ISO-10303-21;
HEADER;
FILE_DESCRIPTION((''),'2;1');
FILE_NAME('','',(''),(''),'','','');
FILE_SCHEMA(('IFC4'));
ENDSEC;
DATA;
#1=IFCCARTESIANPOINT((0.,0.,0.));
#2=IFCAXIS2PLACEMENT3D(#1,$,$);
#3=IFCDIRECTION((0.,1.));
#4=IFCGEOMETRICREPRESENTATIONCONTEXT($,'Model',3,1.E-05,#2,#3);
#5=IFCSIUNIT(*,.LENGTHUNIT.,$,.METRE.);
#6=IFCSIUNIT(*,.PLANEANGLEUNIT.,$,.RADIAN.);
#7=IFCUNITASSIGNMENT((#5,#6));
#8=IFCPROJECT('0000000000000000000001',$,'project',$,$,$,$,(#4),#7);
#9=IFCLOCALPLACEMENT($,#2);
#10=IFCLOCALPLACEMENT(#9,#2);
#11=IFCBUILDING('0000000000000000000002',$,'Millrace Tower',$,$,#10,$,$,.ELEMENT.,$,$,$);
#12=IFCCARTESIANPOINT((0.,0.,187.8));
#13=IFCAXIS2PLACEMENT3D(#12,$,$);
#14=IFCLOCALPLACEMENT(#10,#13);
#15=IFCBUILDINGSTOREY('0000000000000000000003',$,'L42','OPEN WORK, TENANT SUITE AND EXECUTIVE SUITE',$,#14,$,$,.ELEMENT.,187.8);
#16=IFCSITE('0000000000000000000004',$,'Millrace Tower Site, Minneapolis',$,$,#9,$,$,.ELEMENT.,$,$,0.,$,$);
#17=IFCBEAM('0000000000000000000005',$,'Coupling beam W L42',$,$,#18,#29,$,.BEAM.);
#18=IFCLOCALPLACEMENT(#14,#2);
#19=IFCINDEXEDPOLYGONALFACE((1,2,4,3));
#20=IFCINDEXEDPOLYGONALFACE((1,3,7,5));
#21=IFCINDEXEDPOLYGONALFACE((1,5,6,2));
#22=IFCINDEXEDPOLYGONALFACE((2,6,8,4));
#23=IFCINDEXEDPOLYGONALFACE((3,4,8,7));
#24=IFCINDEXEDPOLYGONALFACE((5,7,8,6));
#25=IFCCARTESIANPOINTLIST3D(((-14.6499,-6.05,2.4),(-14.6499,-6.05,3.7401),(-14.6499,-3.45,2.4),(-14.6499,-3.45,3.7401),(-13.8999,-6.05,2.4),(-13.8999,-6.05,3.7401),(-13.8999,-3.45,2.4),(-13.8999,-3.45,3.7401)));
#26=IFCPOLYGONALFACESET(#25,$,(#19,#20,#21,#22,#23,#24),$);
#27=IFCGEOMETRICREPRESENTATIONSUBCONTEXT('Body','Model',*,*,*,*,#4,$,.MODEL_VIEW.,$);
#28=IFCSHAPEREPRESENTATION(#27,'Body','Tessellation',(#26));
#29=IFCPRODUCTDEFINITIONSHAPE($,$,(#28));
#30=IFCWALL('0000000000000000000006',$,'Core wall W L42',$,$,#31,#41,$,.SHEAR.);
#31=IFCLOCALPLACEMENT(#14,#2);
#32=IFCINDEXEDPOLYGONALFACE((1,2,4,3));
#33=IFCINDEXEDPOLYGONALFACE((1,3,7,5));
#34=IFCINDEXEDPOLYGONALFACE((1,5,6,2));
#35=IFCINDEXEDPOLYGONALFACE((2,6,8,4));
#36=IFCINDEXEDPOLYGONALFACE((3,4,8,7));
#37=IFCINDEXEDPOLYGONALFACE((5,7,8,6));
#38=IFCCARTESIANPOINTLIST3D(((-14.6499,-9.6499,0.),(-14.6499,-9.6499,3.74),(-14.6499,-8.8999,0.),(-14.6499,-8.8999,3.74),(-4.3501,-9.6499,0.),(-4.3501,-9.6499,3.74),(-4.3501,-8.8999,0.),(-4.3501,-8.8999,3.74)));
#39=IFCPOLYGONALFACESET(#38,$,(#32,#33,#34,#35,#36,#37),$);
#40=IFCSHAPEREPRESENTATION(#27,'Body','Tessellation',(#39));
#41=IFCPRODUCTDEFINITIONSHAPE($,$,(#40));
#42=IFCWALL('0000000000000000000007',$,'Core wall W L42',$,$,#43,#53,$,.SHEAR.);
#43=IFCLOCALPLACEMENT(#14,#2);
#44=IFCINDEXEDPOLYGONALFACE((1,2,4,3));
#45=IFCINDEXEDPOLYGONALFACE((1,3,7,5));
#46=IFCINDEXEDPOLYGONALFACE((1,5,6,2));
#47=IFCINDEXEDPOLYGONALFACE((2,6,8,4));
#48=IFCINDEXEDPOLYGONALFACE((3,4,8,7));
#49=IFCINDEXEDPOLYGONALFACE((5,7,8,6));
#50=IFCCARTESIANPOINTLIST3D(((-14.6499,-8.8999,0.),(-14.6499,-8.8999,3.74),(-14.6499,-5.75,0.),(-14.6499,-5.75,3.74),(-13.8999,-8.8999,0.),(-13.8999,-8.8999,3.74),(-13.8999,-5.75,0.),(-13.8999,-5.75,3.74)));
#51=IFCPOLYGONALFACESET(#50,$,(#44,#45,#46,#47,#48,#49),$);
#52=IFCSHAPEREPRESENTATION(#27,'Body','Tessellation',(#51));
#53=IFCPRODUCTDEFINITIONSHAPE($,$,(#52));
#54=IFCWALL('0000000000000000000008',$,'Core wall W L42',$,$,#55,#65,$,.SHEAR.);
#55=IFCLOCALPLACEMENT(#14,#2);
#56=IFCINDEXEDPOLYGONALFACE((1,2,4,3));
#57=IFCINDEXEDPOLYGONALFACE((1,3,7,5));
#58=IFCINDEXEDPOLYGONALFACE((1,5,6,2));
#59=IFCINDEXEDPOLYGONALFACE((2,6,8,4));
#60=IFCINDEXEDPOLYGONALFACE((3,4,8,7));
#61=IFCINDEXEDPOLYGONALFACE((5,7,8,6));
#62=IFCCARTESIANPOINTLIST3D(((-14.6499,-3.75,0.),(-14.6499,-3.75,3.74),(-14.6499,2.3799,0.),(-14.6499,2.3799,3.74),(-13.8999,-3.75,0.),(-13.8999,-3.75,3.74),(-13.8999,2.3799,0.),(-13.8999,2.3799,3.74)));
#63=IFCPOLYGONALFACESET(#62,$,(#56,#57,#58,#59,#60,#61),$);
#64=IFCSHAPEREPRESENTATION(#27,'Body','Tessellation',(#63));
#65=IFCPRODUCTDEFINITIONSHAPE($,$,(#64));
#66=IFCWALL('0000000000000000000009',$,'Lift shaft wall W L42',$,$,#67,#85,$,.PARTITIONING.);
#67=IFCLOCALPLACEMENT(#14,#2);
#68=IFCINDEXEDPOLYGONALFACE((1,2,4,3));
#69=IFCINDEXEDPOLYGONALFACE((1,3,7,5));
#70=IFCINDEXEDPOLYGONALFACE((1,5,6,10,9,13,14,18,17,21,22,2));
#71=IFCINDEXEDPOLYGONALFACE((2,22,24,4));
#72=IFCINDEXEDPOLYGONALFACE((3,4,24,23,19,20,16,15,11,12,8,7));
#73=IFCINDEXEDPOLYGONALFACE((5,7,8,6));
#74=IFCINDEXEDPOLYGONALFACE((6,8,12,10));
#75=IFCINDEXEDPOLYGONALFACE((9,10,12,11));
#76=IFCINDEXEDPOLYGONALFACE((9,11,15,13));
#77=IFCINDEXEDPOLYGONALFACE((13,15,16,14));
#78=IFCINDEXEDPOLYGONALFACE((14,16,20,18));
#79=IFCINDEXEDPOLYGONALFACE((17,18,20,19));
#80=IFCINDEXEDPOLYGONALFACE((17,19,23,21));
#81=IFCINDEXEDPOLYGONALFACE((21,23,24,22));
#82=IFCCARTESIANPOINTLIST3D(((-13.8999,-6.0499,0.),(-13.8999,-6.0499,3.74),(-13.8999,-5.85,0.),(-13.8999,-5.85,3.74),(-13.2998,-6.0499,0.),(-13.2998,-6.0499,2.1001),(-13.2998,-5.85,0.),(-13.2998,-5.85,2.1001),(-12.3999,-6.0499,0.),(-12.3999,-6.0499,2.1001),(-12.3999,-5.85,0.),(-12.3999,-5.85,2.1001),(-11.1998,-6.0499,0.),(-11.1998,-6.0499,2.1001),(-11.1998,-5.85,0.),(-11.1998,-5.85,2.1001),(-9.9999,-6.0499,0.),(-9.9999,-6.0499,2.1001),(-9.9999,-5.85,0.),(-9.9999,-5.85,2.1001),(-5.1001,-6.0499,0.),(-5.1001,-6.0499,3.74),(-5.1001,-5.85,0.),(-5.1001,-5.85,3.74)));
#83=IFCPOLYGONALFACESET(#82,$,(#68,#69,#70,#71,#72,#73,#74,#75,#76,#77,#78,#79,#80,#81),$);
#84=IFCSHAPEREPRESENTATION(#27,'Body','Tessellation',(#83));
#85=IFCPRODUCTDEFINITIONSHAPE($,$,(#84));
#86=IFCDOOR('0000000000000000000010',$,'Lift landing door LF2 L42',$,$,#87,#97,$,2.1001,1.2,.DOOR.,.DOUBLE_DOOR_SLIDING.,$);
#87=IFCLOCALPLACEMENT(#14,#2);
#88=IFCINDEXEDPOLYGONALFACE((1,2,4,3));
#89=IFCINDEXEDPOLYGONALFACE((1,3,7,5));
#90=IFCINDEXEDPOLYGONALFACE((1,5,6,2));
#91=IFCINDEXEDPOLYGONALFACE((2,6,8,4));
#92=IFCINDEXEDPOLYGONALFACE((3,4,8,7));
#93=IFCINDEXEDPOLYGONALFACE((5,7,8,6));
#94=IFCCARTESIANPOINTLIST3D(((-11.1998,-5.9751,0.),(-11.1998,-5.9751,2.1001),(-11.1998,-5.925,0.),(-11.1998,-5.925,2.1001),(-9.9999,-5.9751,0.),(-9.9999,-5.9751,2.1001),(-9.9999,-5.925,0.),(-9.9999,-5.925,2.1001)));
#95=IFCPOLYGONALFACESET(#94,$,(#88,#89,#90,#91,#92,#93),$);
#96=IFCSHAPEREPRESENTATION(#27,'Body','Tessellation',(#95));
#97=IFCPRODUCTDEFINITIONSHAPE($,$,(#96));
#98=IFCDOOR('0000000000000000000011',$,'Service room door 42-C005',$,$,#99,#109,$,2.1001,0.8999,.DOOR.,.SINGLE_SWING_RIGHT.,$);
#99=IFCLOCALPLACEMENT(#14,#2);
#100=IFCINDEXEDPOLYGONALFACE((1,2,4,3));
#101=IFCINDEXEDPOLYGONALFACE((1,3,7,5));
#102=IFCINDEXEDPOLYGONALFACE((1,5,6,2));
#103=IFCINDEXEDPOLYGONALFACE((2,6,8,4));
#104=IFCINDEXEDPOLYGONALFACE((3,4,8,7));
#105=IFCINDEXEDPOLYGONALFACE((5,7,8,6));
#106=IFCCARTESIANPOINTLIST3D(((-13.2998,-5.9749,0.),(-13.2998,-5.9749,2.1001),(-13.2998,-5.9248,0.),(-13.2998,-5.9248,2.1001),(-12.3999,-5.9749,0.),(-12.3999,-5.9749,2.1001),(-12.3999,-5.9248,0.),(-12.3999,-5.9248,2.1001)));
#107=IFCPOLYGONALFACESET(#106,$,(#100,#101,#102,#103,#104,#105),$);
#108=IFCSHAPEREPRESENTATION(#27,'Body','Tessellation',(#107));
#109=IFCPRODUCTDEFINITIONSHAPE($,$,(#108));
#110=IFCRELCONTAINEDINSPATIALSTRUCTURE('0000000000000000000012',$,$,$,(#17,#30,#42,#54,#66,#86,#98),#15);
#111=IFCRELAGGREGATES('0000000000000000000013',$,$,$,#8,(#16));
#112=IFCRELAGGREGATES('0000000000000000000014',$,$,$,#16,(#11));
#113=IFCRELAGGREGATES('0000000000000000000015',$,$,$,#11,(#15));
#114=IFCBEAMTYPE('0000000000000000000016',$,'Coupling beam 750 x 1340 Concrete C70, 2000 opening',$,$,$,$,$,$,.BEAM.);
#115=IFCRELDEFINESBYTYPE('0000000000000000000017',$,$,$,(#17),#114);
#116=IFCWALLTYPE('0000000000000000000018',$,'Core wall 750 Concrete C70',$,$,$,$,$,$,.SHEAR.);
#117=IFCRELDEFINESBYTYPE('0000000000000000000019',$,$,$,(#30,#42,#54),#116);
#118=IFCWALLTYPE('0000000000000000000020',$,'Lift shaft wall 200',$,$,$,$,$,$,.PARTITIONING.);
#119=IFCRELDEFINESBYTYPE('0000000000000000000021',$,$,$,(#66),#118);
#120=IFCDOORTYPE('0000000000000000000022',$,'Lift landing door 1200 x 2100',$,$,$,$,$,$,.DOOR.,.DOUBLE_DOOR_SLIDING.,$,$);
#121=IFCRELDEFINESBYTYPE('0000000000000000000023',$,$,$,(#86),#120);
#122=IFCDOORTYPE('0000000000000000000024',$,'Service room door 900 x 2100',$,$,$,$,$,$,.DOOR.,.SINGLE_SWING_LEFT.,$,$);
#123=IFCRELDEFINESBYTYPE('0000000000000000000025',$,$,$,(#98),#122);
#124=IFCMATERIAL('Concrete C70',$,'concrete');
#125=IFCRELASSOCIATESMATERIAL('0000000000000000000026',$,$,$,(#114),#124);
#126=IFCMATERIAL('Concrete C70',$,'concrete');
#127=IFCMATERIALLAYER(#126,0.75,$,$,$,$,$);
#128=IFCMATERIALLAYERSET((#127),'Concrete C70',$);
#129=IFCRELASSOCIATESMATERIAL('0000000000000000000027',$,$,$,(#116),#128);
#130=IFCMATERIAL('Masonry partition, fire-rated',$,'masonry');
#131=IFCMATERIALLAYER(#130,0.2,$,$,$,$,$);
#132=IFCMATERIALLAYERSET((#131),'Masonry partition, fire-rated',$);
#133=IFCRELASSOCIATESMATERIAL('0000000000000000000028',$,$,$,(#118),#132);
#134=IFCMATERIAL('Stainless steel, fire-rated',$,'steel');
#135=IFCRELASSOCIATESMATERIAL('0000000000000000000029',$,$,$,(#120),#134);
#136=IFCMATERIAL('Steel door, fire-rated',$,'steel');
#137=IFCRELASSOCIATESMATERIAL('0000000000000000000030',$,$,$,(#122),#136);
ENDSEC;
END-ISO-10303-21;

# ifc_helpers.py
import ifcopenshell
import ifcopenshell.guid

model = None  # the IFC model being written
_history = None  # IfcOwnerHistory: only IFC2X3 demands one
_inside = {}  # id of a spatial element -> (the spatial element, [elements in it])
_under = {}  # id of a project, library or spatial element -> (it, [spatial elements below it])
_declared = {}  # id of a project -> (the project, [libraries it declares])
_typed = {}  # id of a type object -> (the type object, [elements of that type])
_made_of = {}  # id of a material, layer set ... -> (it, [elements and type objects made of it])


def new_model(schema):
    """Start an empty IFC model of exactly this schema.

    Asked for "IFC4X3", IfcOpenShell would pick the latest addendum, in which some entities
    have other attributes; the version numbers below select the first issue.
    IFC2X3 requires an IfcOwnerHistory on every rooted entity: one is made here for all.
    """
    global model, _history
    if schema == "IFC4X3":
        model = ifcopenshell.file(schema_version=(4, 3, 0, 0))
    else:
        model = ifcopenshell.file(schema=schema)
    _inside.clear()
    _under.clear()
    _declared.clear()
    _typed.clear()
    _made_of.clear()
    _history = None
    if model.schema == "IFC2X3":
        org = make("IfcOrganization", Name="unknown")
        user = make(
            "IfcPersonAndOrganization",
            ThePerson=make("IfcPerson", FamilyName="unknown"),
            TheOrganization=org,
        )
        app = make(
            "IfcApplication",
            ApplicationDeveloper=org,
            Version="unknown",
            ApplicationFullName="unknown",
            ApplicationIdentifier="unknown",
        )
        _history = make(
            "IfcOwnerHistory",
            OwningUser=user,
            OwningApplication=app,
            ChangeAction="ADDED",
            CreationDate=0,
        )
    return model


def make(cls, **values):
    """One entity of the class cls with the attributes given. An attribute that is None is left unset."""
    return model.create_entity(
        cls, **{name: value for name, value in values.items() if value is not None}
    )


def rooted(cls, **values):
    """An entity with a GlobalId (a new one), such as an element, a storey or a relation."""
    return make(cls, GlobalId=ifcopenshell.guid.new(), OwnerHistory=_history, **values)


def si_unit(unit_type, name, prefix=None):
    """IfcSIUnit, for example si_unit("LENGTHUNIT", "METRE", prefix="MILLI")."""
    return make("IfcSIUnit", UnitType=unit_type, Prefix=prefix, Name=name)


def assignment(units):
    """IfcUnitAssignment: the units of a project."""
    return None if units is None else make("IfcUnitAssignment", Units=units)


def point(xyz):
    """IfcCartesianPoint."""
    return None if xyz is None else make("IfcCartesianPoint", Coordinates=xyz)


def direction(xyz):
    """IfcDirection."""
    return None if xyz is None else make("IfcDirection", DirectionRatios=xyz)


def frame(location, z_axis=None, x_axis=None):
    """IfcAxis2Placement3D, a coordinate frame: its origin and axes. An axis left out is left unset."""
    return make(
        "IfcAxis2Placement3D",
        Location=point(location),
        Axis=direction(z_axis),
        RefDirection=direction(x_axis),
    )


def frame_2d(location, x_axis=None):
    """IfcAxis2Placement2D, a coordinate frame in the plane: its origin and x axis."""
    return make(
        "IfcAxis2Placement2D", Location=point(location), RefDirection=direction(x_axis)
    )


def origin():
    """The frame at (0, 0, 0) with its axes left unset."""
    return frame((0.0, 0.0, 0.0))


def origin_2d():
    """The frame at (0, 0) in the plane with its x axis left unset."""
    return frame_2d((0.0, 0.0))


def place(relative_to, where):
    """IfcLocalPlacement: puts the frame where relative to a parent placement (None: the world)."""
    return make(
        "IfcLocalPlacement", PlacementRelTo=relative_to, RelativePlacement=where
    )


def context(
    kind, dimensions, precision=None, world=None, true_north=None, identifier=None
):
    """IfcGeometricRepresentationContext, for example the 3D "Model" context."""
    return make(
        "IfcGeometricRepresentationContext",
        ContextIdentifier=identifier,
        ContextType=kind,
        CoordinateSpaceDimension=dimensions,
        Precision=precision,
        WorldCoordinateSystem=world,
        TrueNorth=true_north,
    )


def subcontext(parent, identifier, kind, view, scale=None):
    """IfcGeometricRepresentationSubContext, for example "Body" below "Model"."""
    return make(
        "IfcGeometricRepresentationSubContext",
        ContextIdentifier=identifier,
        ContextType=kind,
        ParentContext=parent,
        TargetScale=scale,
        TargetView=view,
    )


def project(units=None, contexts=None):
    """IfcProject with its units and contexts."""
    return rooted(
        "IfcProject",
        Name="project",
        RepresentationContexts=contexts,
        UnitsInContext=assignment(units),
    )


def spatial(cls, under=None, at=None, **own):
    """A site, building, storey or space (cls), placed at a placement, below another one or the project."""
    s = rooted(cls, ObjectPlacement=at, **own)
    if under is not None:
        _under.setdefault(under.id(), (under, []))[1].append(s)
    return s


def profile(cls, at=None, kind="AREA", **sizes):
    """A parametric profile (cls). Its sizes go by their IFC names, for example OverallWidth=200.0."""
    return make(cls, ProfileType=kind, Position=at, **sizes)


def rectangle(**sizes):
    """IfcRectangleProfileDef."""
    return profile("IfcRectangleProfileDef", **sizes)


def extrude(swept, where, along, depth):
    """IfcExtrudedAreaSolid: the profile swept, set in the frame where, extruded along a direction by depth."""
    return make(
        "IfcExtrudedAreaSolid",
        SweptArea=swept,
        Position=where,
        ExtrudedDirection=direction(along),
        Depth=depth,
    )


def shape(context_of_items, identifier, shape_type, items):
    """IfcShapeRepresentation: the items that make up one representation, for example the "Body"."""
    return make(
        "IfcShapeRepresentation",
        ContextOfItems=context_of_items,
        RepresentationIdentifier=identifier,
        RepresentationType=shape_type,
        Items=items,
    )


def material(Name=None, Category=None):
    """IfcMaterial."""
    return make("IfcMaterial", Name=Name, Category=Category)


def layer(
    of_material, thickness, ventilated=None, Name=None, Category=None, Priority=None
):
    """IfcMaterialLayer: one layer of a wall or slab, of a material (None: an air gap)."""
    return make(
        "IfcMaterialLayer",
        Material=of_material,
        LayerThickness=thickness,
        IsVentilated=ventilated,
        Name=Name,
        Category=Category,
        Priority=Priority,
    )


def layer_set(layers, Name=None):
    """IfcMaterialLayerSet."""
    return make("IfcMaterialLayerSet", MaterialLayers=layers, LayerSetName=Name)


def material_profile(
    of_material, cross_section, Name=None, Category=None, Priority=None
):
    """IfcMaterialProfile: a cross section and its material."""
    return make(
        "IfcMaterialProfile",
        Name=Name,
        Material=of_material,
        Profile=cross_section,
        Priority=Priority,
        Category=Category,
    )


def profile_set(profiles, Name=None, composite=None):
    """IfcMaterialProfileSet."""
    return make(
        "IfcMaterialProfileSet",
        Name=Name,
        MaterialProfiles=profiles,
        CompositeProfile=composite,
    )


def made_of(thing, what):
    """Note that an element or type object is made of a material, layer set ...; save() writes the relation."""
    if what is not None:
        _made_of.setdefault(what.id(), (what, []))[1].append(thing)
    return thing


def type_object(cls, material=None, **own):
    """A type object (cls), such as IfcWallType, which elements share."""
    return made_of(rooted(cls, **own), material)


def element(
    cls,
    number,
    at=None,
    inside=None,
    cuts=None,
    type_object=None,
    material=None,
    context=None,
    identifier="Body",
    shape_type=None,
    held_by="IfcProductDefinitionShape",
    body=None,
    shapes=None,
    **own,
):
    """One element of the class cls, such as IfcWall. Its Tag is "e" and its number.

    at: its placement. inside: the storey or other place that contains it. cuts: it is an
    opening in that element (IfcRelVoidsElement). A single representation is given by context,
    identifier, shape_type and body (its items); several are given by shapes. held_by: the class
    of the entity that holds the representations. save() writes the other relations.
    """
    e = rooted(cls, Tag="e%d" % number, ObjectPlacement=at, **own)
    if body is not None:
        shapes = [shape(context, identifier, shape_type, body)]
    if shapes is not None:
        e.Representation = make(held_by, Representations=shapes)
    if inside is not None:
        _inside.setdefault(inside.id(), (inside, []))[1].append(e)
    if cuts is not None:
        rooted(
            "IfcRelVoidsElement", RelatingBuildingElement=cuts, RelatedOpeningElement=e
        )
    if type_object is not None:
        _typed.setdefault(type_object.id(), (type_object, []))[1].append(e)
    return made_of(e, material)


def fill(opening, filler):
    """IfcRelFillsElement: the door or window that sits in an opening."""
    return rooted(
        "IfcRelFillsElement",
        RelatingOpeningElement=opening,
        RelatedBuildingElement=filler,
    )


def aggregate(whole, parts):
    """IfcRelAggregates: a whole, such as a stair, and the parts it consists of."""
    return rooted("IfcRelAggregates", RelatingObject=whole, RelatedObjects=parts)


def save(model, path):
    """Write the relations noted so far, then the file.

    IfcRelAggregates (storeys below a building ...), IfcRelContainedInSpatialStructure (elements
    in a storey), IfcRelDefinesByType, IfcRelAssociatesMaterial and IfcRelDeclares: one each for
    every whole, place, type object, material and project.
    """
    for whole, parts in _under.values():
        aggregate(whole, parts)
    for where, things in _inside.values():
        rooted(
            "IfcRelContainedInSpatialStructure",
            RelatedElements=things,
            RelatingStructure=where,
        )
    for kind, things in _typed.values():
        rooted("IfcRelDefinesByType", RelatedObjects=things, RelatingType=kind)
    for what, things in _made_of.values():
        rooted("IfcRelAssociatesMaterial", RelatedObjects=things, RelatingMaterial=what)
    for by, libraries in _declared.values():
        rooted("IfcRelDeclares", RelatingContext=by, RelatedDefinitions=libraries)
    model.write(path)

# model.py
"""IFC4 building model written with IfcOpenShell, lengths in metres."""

from ifc_helpers import new_model, si_unit, direction, frame, frame_2d, origin, origin_2d, place, context, subcontext, project, spatial, rectangle, extrude, material, layer, layer_set, material_profile, profile_set, type_object, element, fill, save


model = new_model("IFC4")

# Units and contexts
model_context = context("Model", 3, precision=1e-05, world=origin(), true_north=direction((0.0, 1.0)))
body_context = subcontext(model_context, "Body", "Model", "MODEL_VIEW")
ifc_project = project(units=[si_unit("LENGTHUNIT", "METRE"), si_unit("PLANEANGLEUNIT", "RADIAN")], contexts=[model_context])

# Site, building, storey
site_placement = place(None, origin())
site = spatial("IfcSite", under=ifc_project, at=site_placement, Name="Millrace Tower Site, Minneapolis", CompositionType="ELEMENT", RefElevation=0.0)
building_placement = place(site_placement, origin())
building = spatial("IfcBuilding", under=site, at=building_placement, Name="Millrace Tower", CompositionType="ELEMENT")
storey_placement = place(building_placement, frame((0.0, 0.0, 187.8)))
storey = spatial("IfcBuildingStorey", under=building, at=storey_placement, Name="L42", Description="OPEN WORK, TENANT SUITE AND EXECUTIVE SUITE", CompositionType="ELEMENT", Elevation=187.8)

# Beam
ifc_material_1 = material(Name="Concrete C70", Category="concrete")
ifc_material_profile = material_profile(ifc_material_1, rectangle(XDim=0.75, YDim=1.3401, at=origin_2d()))
ifc_profile_set = profile_set([ifc_material_profile], Name="Concrete C70")
beam_type = type_object("IfcBeamType", Name="Coupling beam 750 x 1340 Concrete C70, 2000 opening", PredefinedType="BEAM", material=ifc_profile_set)
beam_placement = place(storey_placement, frame((-14.2749, -6.05, 3.0701), z_axis=(0.0, 1.0, 0.0), x_axis=(-1.0, 0.0, 0.0)))
element("IfcBeam", 1, at=beam_placement, inside=storey, type_object=beam_type, Name="Coupling beam W L42", PredefinedType="BEAM", context=body_context, shape_type="SweptSolid", body=[
    extrude(rectangle(XDim=0.75, YDim=1.3401, at=origin_2d()), origin(), (0.0, 0.0, 1.0), 2.6001),
])

# Walls
ifc_material_2 = material(Name="Concrete C70", Category="concrete")
ifc_layer_1 = layer(ifc_material_2, 0.75)
ifc_layer_set_1 = layer_set([ifc_layer_1], Name="Concrete C70")
wall_type_1 = type_object("IfcWallType", Name="Core wall 750 Concrete C70", PredefinedType="SHEAR", material=ifc_layer_set_1)
wall_1_placement = place(storey_placement, frame((-14.6499, -9.2749, 0.0), z_axis=(0.0, 0.0, 1.0), x_axis=(1.0, 0.0, 0.0)))
element("IfcWall", 2, at=wall_1_placement, inside=storey, type_object=wall_type_1, Name="Core wall W L42", PredefinedType="SHEAR", context=body_context, shape_type="SweptSolid", body=[
    extrude(rectangle(XDim=10.2998, YDim=0.75, at=frame_2d((5.1499, 0.0))), origin(), (0.0, 0.0, 1.0), 3.74),
])
wall_2_placement = place(storey_placement, frame((-14.2749, -8.8999, 0.0), z_axis=(0.0, 0.0, 1.0), x_axis=(0.0, 1.0, 0.0)))
element("IfcWall", 3, at=wall_2_placement, inside=storey, type_object=wall_type_1, Name="Core wall W L42", PredefinedType="SHEAR", context=body_context, shape_type="SweptSolid", body=[
    extrude(rectangle(XDim=3.1499, YDim=0.75, at=frame_2d((1.575, 0.0))), origin(), (0.0, 0.0, 1.0), 3.74),
])
wall_3_placement = place(storey_placement, frame((-14.2749, -3.75, 0.0), z_axis=(0.0, 0.0, 1.0), x_axis=(0.0, 1.0, 0.0)))
element("IfcWall", 4, at=wall_3_placement, inside=storey, type_object=wall_type_1, Name="Core wall W L42", PredefinedType="SHEAR", context=body_context, shape_type="SweptSolid", body=[
    extrude(rectangle(XDim=6.1299, YDim=0.75, at=frame_2d((3.0649, 0.0))), origin(), (0.0, 0.0, 1.0), 3.74),
])

# Wall, openings, doors
ifc_material_3 = material(Name="Masonry partition, fire-rated", Category="masonry")
ifc_layer_2 = layer(ifc_material_3, 0.2)
ifc_layer_set_2 = layer_set([ifc_layer_2], Name="Masonry partition, fire-rated")
wall_type_2 = type_object("IfcWallType", Name="Lift shaft wall 200", PredefinedType="PARTITIONING", material=ifc_layer_set_2)
wall_4_placement = place(storey_placement, frame((-13.8999, -5.95, 0.0), z_axis=(0.0, 0.0, 1.0), x_axis=(1.0, 0.0, 0.0)))
wall_4 = element("IfcWall", 5, at=wall_4_placement, inside=storey, type_object=wall_type_2, Name="Lift shaft wall W L42", PredefinedType="PARTITIONING", context=body_context, shape_type="SweptSolid", body=[
    extrude(rectangle(XDim=8.7998, YDim=0.2, at=frame_2d((4.3999, 0.0))), origin(), (0.0, 0.0, 1.0), 3.74),
])
opening_1_placement = place(wall_4_placement, frame((2.7, 0.0, 0.0)))
opening_1 = element("IfcOpeningElement", 6, at=opening_1_placement, cuts=wall_4, PredefinedType="OPENING", context=body_context, shape_type="SweptSolid", body=[
    extrude(rectangle(XDim=1.2, YDim=2.1001, at=frame_2d((0.6001, 1.05))), frame((0.0, 0.1099, 0.0), z_axis=(0.0, -1.0, 0.0), x_axis=(1.0, 0.0, 0.0)), (0.0, 0.0, 1.0), 0.22),
])
opening_2_placement = place(wall_4_placement, frame((0.6001, 0.0, 0.0)))
opening_2 = element("IfcOpeningElement", 7, at=opening_2_placement, cuts=wall_4, PredefinedType="OPENING", context=body_context, shape_type="SweptSolid", body=[
    extrude(rectangle(XDim=0.8999, YDim=2.1001, at=frame_2d((0.45, 1.05))), frame((0.0, 0.1099, 0.0), z_axis=(0.0, -1.0, 0.0), x_axis=(1.0, 0.0, 0.0)), (0.0, 0.0, 1.0), 0.22),
])
ifc_material_4 = material(Name="Stainless steel, fire-rated", Category="steel")
door_type_1 = type_object("IfcDoorType", Name="Lift landing door 1200 x 2100", OperationType="DOUBLE_DOOR_SLIDING", PredefinedType="DOOR", material=ifc_material_4)
door_1_placement = place(opening_1_placement, origin())
door_1 = element("IfcDoor", 8, at=door_1_placement, inside=storey, type_object=door_type_1, Name="Lift landing door LF2 L42", OperationType="DOUBLE_DOOR_SLIDING", OverallHeight=2.1001, OverallWidth=1.2, PredefinedType="DOOR", context=body_context, shape_type="SweptSolid", body=[
    extrude(rectangle(XDim=1.2, YDim=2.1001, at=frame_2d((0.6001, 1.05))), frame((0.0, 0.0249, 0.0), z_axis=(0.0, -1.0, 0.0), x_axis=(1.0, 0.0, 0.0)), (0.0, 0.0, 1.0), 0.05),
])
fill(opening_1, door_1)
ifc_material_5 = material(Name="Steel door, fire-rated", Category="steel")
door_type_2 = type_object("IfcDoorType", Name="Service room door 900 x 2100", OperationType="SINGLE_SWING_LEFT", PredefinedType="DOOR", material=ifc_material_5)
door_2_placement = place(opening_2_placement, frame((0.8999, 0.0, 0.0), z_axis=(0.0, 0.0, 1.0), x_axis=(-1.0, 0.0, 0.0)))
door_2 = element("IfcDoor", 9, at=door_2_placement, inside=storey, type_object=door_type_2, Name="Service room door 42-C005", OperationType="SINGLE_SWING_RIGHT", OverallHeight=2.1001, OverallWidth=0.8999, PredefinedType="DOOR", context=body_context, shape_type="SweptSolid", body=[
    extrude(rectangle(XDim=0.8999, YDim=2.1001, at=frame_2d((0.45, 1.05))), frame((0.0, 0.0249, 0.0), z_axis=(0.0, -1.0, 0.0), x_axis=(1.0, 0.0, 0.0)), (0.0, 0.0, 1.0), 0.05),
])
fill(opening_2, door_2)

save(model, "model.ifc")
